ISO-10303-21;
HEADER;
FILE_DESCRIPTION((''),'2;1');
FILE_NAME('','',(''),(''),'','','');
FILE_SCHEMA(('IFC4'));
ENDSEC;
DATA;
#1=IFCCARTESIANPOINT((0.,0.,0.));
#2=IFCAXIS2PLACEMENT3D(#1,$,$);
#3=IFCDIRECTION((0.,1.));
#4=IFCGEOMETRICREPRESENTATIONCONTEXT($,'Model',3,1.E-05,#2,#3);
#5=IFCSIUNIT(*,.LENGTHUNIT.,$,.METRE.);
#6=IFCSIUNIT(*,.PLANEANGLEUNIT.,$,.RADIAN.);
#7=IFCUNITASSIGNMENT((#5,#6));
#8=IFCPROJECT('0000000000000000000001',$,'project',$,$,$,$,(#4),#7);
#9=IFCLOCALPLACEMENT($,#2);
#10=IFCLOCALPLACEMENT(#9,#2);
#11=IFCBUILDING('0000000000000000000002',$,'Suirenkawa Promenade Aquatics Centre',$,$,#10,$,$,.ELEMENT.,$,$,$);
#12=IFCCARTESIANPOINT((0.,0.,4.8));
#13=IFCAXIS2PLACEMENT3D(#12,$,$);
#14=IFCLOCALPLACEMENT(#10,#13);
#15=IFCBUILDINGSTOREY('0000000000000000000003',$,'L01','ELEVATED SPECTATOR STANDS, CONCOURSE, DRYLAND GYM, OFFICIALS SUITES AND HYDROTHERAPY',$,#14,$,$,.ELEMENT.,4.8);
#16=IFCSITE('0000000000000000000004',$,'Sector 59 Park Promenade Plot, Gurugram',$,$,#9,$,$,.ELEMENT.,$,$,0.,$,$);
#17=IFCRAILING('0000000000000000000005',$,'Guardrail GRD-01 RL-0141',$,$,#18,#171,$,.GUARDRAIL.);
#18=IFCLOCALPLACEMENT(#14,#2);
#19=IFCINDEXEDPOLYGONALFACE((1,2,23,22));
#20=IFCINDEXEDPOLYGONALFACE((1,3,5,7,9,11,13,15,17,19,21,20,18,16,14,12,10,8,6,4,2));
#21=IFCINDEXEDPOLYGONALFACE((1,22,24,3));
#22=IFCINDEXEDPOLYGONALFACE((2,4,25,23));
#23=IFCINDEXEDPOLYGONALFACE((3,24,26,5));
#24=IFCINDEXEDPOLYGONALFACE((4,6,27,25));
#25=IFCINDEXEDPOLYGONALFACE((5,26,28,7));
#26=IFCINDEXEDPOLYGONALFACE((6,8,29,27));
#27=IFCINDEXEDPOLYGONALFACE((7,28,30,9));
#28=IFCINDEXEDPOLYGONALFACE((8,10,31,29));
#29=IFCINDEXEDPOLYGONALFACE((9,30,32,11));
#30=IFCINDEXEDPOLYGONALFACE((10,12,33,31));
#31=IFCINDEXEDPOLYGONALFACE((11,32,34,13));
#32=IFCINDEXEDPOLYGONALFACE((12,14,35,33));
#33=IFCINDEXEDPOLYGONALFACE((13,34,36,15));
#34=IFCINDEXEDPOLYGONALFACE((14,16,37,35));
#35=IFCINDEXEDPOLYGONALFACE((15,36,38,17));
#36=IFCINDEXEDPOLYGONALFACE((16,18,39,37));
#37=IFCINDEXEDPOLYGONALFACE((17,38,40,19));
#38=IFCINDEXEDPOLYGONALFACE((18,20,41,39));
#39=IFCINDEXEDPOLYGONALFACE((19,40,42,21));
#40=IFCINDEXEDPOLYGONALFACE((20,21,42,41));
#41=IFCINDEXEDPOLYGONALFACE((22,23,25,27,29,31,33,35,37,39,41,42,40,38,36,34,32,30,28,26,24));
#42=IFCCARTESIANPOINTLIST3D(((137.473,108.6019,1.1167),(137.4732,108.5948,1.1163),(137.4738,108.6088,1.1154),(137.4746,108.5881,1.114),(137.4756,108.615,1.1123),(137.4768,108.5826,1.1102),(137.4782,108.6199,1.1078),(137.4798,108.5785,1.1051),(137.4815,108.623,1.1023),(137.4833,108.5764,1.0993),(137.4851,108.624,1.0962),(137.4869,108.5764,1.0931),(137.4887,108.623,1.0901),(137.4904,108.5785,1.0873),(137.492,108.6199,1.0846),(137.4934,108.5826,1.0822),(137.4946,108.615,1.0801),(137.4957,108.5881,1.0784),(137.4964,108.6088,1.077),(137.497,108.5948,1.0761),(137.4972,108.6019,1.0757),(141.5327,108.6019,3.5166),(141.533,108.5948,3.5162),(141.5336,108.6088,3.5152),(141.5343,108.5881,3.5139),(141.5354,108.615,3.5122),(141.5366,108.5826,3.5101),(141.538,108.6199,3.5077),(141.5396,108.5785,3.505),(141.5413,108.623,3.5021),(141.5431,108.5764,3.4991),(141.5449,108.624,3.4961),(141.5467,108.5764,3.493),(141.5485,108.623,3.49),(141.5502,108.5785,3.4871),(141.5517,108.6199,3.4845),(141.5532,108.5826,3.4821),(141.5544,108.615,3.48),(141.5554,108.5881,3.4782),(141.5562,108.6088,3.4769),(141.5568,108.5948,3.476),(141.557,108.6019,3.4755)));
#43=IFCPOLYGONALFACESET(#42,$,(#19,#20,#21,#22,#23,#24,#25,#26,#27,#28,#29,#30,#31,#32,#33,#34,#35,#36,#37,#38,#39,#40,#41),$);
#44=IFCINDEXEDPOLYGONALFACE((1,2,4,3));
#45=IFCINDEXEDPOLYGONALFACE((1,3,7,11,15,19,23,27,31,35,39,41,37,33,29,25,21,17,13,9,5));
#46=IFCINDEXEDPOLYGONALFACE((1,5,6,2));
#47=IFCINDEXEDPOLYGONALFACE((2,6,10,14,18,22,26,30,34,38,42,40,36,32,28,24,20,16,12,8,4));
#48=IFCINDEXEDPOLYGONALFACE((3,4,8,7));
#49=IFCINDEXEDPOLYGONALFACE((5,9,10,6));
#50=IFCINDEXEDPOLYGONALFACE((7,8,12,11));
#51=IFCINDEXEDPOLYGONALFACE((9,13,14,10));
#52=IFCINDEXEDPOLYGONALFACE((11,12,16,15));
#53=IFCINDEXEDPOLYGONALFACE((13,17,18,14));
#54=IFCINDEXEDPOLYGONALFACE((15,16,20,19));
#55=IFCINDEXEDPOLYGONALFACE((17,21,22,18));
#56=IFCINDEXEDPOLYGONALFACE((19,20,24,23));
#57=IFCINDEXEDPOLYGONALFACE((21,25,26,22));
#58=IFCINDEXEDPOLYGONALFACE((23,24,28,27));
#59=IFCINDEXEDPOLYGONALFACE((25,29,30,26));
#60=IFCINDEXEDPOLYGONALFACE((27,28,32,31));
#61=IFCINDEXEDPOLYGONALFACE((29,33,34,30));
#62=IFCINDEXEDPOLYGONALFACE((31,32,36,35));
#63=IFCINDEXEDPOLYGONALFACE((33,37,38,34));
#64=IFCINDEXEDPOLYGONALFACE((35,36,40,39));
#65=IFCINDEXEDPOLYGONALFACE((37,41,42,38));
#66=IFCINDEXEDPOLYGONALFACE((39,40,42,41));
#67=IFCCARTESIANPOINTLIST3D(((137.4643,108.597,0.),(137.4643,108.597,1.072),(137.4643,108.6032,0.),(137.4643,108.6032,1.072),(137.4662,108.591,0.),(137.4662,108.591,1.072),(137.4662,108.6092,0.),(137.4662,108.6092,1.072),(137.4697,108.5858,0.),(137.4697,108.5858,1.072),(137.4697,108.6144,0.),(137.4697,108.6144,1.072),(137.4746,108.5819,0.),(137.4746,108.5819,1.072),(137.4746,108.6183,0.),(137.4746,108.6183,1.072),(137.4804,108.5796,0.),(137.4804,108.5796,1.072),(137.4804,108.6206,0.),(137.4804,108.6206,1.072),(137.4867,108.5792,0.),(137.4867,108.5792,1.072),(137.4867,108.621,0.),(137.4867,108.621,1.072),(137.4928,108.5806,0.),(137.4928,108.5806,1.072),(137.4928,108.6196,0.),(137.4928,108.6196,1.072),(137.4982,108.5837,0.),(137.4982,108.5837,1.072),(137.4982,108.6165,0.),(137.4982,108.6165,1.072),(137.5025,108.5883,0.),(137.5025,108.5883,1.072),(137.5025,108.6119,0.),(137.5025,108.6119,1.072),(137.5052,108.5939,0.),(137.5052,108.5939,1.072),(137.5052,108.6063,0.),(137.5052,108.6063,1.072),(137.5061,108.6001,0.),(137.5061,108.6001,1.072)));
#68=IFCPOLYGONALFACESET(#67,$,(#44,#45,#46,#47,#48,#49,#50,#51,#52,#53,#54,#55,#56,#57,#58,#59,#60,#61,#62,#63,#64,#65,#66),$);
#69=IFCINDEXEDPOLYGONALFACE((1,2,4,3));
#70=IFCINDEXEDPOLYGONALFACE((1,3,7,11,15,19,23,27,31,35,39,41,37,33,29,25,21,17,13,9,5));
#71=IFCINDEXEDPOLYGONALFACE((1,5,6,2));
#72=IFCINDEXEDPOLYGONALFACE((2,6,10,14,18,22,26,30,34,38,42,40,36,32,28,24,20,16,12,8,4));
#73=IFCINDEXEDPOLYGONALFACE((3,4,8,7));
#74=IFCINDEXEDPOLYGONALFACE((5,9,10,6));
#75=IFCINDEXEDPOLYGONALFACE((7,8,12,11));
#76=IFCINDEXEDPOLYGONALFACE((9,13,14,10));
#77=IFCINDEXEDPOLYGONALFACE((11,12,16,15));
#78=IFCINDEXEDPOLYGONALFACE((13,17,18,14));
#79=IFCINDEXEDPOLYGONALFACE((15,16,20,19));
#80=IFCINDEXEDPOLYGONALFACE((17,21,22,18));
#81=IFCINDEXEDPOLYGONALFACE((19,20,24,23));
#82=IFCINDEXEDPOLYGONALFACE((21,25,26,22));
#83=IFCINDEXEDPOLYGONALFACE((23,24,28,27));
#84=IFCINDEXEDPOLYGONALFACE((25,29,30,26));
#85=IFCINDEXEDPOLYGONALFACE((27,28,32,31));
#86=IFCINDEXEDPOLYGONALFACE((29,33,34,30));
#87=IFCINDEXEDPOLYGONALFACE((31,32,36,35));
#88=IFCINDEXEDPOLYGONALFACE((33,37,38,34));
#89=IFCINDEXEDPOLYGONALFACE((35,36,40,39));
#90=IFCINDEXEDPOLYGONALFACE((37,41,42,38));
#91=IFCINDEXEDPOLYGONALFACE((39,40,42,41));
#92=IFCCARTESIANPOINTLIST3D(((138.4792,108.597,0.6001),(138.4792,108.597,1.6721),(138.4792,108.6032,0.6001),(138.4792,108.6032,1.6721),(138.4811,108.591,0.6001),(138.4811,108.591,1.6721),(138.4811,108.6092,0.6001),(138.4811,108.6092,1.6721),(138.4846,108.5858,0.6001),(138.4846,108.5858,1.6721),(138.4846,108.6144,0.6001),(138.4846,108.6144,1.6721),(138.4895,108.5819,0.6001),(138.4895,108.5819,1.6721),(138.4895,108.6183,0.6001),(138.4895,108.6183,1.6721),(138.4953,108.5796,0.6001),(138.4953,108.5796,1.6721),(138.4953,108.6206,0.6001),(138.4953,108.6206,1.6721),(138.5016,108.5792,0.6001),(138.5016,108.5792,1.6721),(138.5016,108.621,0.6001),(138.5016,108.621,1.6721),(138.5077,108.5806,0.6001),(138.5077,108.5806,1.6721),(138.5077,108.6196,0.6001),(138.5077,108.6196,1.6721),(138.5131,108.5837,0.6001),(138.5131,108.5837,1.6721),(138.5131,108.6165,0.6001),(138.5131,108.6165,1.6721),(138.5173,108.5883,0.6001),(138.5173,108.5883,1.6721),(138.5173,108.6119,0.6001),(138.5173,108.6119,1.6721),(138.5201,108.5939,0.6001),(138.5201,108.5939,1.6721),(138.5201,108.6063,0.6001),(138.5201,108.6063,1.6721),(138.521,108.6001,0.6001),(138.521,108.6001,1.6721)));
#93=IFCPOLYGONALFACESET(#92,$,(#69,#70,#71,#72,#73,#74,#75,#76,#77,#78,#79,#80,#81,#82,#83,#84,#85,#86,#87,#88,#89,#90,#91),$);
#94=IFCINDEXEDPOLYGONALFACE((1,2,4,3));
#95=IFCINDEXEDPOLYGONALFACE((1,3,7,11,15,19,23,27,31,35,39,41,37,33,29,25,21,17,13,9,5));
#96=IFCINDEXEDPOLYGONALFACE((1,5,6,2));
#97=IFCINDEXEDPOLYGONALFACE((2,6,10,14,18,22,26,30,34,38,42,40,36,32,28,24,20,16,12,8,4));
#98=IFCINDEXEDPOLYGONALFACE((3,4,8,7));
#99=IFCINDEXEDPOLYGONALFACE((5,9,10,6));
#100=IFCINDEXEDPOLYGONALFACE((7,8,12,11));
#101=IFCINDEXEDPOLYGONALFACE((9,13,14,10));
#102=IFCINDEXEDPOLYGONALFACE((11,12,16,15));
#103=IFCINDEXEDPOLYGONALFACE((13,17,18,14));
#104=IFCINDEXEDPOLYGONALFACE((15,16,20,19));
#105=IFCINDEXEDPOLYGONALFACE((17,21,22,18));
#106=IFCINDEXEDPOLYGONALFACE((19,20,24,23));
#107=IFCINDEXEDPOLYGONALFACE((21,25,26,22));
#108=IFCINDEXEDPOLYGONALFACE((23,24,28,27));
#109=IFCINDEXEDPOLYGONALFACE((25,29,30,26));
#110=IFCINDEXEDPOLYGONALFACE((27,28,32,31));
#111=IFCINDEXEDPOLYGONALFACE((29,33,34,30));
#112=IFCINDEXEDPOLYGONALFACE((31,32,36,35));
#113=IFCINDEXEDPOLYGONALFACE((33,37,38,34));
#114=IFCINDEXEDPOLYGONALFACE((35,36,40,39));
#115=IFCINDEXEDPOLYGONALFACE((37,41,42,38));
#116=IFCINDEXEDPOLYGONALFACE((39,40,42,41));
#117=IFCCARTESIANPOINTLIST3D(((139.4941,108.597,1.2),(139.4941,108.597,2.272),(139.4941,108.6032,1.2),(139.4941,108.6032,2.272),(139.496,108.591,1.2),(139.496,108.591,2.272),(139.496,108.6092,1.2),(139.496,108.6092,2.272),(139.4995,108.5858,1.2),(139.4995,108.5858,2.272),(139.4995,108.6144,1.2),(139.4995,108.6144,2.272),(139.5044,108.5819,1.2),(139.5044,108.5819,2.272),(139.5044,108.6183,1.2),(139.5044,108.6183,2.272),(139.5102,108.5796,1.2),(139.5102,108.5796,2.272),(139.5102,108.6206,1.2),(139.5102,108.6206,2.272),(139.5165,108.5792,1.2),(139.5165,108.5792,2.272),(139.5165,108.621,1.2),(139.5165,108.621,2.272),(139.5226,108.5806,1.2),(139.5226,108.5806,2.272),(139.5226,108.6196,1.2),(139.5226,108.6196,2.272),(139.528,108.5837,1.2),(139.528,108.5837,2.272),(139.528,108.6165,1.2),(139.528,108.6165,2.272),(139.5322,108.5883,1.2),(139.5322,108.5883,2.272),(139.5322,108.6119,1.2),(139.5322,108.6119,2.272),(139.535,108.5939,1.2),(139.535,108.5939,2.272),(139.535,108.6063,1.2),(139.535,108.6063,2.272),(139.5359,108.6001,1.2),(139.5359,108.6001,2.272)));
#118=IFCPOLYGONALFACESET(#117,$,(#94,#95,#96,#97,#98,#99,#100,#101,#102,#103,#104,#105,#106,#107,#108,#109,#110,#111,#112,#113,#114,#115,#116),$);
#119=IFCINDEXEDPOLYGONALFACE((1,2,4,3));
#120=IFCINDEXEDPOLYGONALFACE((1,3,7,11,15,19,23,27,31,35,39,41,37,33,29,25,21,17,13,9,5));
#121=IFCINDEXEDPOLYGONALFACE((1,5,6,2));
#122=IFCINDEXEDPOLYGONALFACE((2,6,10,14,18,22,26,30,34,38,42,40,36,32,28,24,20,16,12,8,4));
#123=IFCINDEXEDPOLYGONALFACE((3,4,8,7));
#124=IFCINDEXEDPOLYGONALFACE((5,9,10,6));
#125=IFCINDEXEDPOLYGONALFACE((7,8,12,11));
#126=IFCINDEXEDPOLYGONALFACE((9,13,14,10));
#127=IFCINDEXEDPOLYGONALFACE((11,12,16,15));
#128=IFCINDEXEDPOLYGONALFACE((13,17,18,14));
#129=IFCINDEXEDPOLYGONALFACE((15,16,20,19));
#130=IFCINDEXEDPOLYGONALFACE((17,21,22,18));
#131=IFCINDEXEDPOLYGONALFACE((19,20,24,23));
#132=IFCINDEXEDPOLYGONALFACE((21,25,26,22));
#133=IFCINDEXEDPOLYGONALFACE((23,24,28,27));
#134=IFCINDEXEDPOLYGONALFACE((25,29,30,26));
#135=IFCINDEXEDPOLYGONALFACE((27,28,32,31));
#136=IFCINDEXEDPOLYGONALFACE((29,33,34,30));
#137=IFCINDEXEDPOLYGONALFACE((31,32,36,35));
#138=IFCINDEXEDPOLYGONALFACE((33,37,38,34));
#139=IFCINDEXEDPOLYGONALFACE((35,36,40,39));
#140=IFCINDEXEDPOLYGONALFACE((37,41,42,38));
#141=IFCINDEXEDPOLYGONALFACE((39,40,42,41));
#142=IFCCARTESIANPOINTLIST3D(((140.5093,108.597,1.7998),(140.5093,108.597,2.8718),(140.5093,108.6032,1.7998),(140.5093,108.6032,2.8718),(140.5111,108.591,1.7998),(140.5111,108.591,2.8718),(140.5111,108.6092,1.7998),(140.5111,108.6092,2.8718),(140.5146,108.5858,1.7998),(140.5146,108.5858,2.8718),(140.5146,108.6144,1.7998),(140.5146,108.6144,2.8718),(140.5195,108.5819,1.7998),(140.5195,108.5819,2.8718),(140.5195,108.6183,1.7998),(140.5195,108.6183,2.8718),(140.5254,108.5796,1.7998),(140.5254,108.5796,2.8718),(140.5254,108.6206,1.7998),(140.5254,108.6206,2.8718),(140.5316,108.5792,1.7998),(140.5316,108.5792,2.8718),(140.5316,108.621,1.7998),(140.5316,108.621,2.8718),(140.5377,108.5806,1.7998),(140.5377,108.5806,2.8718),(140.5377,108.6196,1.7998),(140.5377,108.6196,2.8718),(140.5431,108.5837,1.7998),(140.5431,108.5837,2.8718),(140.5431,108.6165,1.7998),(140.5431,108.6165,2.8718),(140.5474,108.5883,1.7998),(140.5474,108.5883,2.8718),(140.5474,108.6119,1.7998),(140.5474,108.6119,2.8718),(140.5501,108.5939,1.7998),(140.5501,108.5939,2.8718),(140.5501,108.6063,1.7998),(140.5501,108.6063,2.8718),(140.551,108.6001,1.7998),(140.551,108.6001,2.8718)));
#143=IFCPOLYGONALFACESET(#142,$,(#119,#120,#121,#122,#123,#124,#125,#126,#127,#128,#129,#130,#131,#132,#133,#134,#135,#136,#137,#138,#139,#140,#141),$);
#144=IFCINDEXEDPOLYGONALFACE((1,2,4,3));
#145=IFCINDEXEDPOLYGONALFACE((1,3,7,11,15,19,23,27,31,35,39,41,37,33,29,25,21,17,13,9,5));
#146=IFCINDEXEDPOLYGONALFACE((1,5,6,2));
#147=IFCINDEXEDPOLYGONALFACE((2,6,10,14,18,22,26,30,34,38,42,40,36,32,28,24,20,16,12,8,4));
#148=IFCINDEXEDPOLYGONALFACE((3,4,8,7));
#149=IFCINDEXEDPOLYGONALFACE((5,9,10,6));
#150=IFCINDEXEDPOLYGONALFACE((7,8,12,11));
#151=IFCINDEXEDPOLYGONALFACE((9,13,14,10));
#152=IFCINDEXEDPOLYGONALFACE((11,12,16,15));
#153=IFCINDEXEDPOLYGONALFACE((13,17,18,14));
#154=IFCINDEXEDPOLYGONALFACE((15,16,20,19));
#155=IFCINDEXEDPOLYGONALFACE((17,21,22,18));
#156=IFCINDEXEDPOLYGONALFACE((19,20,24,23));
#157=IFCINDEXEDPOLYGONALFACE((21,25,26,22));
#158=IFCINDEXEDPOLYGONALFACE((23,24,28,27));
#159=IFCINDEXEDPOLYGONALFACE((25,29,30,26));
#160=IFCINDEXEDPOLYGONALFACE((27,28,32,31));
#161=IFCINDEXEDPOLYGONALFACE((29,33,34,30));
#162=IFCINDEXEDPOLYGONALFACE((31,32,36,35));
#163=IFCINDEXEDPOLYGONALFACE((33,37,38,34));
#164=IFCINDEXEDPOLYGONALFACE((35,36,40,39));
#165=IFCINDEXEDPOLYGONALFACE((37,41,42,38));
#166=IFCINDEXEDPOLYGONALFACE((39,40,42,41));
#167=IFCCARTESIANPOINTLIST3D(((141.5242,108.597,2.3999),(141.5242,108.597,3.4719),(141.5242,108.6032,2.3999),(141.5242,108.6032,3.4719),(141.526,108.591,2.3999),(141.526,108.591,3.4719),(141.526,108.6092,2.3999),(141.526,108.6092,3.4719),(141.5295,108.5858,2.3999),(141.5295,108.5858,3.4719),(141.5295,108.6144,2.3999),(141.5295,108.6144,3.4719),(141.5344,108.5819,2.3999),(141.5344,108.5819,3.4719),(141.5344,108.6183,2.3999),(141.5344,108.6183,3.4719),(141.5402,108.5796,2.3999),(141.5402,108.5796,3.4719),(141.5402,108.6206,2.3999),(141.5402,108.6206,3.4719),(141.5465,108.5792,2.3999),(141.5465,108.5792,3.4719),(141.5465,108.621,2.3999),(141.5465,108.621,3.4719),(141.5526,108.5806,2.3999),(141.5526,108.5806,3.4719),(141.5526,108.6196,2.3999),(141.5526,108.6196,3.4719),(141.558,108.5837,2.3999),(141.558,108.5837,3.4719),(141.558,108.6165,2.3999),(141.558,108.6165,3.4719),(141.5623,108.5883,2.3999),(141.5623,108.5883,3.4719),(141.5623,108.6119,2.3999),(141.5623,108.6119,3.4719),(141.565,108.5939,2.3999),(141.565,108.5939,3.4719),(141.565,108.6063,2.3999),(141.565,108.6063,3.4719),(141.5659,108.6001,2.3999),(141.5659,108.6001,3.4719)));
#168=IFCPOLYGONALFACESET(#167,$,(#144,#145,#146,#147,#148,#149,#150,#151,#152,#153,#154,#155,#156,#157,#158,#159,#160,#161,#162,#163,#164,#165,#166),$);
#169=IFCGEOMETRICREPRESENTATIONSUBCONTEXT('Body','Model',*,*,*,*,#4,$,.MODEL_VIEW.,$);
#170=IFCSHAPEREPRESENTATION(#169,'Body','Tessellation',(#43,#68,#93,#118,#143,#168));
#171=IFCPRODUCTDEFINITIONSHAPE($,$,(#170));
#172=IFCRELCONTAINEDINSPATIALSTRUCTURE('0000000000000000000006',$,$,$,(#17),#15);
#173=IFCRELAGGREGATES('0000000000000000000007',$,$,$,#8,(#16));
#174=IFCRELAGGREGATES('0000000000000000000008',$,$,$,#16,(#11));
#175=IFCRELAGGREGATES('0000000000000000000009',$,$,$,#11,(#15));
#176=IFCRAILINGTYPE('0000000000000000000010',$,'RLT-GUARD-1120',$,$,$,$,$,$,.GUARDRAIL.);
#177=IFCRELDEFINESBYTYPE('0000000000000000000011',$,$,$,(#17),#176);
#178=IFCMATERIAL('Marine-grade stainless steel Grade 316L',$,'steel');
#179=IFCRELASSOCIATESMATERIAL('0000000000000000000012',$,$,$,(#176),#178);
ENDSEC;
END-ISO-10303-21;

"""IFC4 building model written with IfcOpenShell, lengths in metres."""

from ifc_helpers import new_model, si_unit, direction, frame, origin, origin_2d, place, context, subcontext, project, spatial, circle, extrude, material, type_object, element, save


model = new_model("IFC4")

# Units and contexts
model_context = context("Model", 3, precision=1e-05, world=origin(), true_north=direction((0.0, 1.0)))
body_context = subcontext(model_context, "Body", "Model", "MODEL_VIEW")
ifc_project = project(units=[si_unit("LENGTHUNIT", "METRE"), si_unit("PLANEANGLEUNIT", "RADIAN")], contexts=[model_context])

# Site, building, storey
site_placement = place(None, origin())
site = spatial("IfcSite", under=ifc_project, at=site_placement, Name="Sector 59 Park Promenade Plot, Gurugram", CompositionType="ELEMENT", RefElevation=0.0)
building_placement = place(site_placement, origin())
building = spatial("IfcBuilding", under=site, at=building_placement, Name="Suirenkawa Promenade Aquatics Centre", CompositionType="ELEMENT")
storey_placement = place(building_placement, frame((0.0, 0.0, 4.8)))
storey = spatial("IfcBuildingStorey", under=building, at=storey_placement, Name="L01", Description="ELEVATED SPECTATOR STANDS, CONCOURSE, DRYLAND GYM, OFFICIALS SUITES AND HYDROTHERAPY", CompositionType="ELEMENT", Elevation=4.8)

# Shared definitions
ifc_material_1 = material(Name="Marine-grade stainless steel Grade 316L", Category="steel")

# Railing
railing_type_1 = type_object("IfcRailingType", Name="RLT-GUARD-1120", PredefinedType="GUARDRAIL", material=ifc_material_1)
railing_1_placement = place(storey_placement, frame((137.4851, 108.6001, 0.0)))
element("IfcRailing", 1, at=railing_1_placement, inside=storey, type_object=railing_type_1, Name="Guardrail GRD-01 RL-0141", PredefinedType="GUARDRAIL", context=body_context, shape_type="SweptSolid", body=[
    extrude(circle(Radius=0.0239, at=origin_2d()), frame((0.0, 0.0, 1.0962), z_axis=(0.860841, 0.0, 0.508874), x_axis=(0.0, 1.0, 0.0)), (0.0, 0.0, 1.0), 4.7161),
    extrude(circle(Radius=0.021, at=origin_2d()), origin(), (0.0, 0.0, 1.0), 1.072),
    extrude(circle(Radius=0.021, at=origin_2d()), frame((1.0149, 0.0, 0.6001)), (0.0, 0.0, 1.0), 1.072),
    extrude(circle(Radius=0.021, at=origin_2d()), frame((2.0298, 0.0, 1.2)), (0.0, 0.0, 1.0), 1.072),
    extrude(circle(Radius=0.021, at=origin_2d()), frame((3.0449, 0.0, 1.7998)), (0.0, 0.0, 1.0), 1.072),
    extrude(circle(Radius=0.021, at=origin_2d()), frame((4.0598, 0.0, 2.3999)), (0.0, 0.0, 1.0), 1.072),
])

save(model, "model.ifc")
